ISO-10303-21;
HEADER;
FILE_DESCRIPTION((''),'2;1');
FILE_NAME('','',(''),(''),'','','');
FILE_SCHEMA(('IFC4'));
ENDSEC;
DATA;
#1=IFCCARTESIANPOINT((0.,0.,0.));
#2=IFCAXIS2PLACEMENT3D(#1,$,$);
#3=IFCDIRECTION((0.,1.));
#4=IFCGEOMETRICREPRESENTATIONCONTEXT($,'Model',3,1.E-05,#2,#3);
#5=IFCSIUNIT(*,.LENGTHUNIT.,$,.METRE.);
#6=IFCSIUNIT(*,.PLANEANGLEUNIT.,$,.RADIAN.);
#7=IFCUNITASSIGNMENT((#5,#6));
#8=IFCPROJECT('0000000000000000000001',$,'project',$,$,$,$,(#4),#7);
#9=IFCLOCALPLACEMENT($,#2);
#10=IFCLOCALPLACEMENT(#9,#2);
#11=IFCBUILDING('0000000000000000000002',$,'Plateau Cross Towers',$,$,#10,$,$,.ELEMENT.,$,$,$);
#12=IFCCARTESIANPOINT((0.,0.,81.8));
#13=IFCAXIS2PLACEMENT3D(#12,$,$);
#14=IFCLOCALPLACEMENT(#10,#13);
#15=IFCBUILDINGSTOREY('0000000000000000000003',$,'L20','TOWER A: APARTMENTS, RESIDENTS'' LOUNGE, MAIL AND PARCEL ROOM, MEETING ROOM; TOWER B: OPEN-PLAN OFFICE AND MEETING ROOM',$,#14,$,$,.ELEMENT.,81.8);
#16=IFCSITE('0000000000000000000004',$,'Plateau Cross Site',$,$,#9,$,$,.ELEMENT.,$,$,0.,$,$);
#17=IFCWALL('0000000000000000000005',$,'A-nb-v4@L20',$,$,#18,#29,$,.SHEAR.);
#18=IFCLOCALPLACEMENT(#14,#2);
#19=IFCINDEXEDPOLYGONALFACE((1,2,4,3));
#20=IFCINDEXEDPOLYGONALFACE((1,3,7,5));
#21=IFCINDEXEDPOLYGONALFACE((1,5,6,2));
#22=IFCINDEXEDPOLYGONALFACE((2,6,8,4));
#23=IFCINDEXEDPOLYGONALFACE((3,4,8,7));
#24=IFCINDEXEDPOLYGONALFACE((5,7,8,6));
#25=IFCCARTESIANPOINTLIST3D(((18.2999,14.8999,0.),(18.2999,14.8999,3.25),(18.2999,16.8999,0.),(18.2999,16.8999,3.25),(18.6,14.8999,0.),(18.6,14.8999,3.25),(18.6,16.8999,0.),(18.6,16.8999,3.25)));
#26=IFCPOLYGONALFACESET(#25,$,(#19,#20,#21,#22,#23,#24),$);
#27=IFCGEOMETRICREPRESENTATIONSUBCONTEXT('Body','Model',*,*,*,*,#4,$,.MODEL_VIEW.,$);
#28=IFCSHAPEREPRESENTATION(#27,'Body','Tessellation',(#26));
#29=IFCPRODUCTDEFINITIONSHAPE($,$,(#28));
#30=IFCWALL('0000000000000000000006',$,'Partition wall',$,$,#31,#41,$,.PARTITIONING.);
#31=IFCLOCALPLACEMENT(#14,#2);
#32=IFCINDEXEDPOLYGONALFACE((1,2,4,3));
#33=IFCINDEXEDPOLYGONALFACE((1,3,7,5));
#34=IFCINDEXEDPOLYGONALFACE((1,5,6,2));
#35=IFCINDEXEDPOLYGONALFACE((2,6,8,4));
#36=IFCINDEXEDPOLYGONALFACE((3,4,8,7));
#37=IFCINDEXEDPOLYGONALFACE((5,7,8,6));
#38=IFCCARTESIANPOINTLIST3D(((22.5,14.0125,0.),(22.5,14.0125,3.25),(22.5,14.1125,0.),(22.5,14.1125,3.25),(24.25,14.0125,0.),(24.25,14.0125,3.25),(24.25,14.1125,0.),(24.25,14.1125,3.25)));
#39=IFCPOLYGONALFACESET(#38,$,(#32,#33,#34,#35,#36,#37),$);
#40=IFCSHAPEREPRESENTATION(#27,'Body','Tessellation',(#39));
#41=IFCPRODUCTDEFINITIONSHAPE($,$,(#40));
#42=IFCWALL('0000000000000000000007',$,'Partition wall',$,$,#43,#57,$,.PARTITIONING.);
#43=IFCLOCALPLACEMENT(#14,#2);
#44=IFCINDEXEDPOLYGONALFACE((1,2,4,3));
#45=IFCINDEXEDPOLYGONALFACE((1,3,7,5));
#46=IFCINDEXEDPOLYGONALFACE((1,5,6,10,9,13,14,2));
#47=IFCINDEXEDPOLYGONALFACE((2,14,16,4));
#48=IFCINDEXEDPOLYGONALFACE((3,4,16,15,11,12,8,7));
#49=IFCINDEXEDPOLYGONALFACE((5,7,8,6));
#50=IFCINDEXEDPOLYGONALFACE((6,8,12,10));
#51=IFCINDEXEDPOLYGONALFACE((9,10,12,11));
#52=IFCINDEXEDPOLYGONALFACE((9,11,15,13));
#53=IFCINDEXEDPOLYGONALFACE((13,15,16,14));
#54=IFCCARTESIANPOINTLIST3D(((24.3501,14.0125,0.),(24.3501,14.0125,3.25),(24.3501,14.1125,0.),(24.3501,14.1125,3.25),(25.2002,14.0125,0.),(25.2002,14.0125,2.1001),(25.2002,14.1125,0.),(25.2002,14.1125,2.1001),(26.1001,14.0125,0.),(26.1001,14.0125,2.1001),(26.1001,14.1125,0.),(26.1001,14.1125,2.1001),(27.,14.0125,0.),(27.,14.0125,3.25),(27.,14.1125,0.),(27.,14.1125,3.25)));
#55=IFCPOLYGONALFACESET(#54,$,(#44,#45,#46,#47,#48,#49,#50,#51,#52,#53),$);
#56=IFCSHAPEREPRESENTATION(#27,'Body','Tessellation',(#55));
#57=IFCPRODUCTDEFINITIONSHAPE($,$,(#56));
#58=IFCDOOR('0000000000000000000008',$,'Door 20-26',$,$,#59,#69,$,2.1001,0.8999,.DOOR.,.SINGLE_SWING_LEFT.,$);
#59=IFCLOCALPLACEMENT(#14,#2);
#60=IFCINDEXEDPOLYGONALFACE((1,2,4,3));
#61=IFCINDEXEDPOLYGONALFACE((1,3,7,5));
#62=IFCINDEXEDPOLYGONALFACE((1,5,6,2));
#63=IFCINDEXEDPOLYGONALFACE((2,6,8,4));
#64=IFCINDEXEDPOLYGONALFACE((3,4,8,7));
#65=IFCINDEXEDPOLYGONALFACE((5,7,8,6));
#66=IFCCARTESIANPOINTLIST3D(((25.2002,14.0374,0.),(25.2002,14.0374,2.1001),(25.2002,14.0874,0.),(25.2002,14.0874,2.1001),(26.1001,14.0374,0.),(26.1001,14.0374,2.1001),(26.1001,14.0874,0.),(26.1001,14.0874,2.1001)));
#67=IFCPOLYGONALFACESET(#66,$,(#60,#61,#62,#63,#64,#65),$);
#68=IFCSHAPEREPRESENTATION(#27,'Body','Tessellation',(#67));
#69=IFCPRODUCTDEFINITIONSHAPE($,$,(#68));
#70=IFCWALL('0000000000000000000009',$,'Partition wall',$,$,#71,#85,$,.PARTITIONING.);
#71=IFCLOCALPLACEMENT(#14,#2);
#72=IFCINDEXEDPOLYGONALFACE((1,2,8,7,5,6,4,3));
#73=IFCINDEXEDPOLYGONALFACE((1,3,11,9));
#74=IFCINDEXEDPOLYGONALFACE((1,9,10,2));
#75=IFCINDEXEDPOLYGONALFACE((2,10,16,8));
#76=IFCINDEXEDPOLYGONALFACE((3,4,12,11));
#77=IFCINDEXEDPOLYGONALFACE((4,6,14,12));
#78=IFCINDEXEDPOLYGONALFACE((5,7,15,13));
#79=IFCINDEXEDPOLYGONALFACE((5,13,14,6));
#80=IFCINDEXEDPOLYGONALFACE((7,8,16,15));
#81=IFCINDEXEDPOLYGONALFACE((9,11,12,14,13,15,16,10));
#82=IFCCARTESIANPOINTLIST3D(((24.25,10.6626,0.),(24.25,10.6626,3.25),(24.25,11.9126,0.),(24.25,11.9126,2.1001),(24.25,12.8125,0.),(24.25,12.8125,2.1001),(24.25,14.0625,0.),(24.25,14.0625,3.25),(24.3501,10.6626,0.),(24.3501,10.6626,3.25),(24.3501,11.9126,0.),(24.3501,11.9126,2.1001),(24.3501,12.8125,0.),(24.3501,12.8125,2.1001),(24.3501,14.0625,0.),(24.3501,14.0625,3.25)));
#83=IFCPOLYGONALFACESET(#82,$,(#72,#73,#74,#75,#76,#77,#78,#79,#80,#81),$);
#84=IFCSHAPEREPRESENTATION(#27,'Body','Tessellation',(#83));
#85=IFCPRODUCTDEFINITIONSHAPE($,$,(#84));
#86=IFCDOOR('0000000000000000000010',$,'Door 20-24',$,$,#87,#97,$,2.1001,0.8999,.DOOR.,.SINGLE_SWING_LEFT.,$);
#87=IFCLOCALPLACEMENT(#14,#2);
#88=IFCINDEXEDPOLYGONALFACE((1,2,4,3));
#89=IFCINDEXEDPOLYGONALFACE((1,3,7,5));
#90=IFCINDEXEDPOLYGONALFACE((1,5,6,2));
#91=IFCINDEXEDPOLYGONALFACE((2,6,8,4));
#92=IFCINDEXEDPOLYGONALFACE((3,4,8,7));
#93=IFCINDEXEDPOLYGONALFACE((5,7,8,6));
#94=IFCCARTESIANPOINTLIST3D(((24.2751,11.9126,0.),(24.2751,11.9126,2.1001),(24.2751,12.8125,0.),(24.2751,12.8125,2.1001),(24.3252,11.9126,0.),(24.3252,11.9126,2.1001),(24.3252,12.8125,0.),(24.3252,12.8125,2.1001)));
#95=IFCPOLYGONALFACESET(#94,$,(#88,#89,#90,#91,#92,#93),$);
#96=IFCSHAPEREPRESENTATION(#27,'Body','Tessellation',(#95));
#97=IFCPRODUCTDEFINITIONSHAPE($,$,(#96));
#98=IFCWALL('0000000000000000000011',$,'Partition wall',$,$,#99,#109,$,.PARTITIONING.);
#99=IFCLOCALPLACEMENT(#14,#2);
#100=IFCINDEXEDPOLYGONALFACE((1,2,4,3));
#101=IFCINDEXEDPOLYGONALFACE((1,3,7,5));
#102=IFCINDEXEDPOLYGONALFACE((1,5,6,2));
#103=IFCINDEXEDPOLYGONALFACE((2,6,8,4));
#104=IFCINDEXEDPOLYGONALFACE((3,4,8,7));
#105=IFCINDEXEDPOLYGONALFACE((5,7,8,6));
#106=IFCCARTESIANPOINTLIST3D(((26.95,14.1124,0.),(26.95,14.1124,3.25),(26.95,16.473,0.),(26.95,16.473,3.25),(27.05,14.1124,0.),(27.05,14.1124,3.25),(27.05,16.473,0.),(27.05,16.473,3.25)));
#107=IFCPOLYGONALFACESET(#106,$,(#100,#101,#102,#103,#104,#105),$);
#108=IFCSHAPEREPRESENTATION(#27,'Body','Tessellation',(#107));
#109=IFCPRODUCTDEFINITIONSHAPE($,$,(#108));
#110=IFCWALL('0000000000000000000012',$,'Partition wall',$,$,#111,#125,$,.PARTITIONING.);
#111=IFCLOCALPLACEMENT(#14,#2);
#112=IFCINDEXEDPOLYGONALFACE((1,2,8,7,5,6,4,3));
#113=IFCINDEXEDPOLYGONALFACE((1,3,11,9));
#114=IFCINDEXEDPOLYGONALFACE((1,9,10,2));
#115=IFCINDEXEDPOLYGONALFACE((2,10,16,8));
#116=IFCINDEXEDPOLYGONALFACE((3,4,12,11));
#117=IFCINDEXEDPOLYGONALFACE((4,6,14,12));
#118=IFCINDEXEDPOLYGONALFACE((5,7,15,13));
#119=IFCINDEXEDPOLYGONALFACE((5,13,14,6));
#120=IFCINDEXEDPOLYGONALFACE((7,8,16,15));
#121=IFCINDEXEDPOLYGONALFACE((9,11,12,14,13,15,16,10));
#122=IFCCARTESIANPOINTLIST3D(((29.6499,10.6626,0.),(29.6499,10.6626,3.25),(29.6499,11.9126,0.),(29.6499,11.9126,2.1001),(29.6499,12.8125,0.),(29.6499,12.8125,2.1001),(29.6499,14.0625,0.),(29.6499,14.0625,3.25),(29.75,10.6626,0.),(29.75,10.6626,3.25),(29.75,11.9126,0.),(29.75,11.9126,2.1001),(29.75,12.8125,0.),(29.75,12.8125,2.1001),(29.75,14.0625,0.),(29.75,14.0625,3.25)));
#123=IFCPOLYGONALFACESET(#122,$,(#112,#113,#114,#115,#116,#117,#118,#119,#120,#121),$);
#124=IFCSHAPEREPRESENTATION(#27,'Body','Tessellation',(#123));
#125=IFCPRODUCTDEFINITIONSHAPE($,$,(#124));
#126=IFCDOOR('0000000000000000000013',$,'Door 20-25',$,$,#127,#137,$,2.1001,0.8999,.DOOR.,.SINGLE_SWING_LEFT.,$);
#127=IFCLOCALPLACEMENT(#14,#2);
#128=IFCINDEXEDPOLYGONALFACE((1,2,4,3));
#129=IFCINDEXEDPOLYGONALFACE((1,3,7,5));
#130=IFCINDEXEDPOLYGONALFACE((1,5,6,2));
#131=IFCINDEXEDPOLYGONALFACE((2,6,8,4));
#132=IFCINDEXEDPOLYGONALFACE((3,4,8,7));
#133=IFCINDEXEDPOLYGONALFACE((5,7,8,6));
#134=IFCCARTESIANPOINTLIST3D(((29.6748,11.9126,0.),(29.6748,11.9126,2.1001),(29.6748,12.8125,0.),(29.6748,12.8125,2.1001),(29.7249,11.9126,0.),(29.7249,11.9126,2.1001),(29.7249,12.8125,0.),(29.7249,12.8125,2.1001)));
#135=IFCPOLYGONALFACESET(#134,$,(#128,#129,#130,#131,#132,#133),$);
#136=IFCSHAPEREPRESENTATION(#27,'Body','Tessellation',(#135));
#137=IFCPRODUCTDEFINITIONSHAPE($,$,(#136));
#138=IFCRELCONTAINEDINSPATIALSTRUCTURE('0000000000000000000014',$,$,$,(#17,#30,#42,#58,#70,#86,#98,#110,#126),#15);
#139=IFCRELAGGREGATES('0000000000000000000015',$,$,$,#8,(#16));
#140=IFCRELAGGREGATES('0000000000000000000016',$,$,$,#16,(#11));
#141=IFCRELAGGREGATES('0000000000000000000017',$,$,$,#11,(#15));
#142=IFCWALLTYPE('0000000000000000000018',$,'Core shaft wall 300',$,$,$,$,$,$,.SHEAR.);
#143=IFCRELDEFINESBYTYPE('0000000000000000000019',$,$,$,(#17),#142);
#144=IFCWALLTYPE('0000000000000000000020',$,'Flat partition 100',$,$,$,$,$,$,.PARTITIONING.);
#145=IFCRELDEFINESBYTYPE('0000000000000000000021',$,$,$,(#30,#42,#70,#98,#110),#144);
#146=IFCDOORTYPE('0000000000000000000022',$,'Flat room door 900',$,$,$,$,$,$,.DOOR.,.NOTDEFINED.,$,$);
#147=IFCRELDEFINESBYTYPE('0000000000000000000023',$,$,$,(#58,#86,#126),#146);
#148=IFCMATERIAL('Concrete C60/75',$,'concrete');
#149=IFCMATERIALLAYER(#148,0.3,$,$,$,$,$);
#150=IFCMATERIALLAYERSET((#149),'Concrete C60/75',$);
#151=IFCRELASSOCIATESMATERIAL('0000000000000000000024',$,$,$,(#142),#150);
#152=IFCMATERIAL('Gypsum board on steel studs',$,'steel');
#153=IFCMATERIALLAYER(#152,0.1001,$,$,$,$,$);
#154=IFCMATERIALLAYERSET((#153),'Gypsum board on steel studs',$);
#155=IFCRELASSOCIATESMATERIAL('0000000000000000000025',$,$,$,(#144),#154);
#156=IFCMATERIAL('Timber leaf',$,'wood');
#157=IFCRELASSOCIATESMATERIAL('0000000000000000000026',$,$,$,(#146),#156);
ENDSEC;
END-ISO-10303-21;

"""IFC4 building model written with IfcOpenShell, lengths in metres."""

from ifc_helpers import new_model, si_unit, direction, frame, frame_2d, origin, place, context, subcontext, project, spatial, rectangle, extrude, material, layer, layer_set, type_object, element, fill, save


model = new_model("IFC4")

# Units and contexts
model_context = context("Model", 3, precision=1e-05, world=origin(), true_north=direction((0.0, 1.0)))
body_context = subcontext(model_context, "Body", "Model", "MODEL_VIEW")
ifc_project = project(units=[si_unit("LENGTHUNIT", "METRE"), si_unit("PLANEANGLEUNIT", "RADIAN")], contexts=[model_context])

# Site, building, storey
site_placement = place(None, origin())
site = spatial("IfcSite", under=ifc_project, at=site_placement, Name="Plateau Cross Site", CompositionType="ELEMENT", RefElevation=0.0)
building_placement = place(site_placement, origin())
building = spatial("IfcBuilding", under=site, at=building_placement, Name="Plateau Cross Towers", CompositionType="ELEMENT")
storey_placement = place(building_placement, frame((0.0, 0.0, 81.8)))
storey = spatial("IfcBuildingStorey", under=building, at=storey_placement, Name="L20", Description="TOWER A: APARTMENTS, RESIDENTS' LOUNGE, MAIL AND PARCEL ROOM, MEETING ROOM; TOWER B: OPEN-PLAN OFFICE AND MEETING ROOM", CompositionType="ELEMENT", Elevation=81.8)

# Walls
ifc_material_1 = material(Name="Concrete C60/75", Category="concrete")
ifc_layer_1 = layer(ifc_material_1, 0.3)
ifc_layer_set_1 = layer_set([ifc_layer_1], Name="Concrete C60/75")
wall_type_1 = type_object("IfcWallType", Name="Core shaft wall 300", PredefinedType="SHEAR", material=ifc_layer_set_1)
wall_1_placement = place(storey_placement, frame((18.45, 14.8999, 0.0), z_axis=(0.0, 0.0, 1.0), x_axis=(0.0, 1.0, 0.0)))
element("IfcWall", 1, at=wall_1_placement, inside=storey, type_object=wall_type_1, Name="A-nb-v4@L20", PredefinedType="SHEAR", context=body_context, shape_type="SweptSolid", body=[
    extrude(rectangle(XDim=2.0, YDim=0.3, at=frame_2d((1.0, 0.0))), origin(), (0.0, 0.0, 1.0), 3.25),
])
ifc_material_2 = material(Name="Gypsum board on steel studs", Category="steel")
ifc_layer_2 = layer(ifc_material_2, 0.1001)
ifc_layer_set_2 = layer_set([ifc_layer_2], Name="Gypsum board on steel studs")
wall_type_2 = type_object("IfcWallType", Name="Flat partition 100", PredefinedType="PARTITIONING", material=ifc_layer_set_2)
wall_2_placement = place(storey_placement, frame((24.25, 14.0625, 0.0), z_axis=(0.0, 0.0, 1.0), x_axis=(-1.0, 0.0, 0.0)))
element("IfcWall", 2, at=wall_2_placement, inside=storey, type_object=wall_type_2, Name="Partition wall", PredefinedType="PARTITIONING", context=body_context, shape_type="SweptSolid", body=[
    extrude(rectangle(XDim=1.75, YDim=0.1001, at=frame_2d((0.875, 0.0))), origin(), (0.0, 0.0, 1.0), 3.25),
])

# Walls, openings, doors
wall_3_placement = place(storey_placement, frame((24.3501, 14.0625, 0.0), z_axis=(0.0, 0.0, 1.0), x_axis=(1.0, 0.0, 0.0)))
wall_3 = element("IfcWall", 3, at=wall_3_placement, inside=storey, type_object=wall_type_2, Name="Partition wall", PredefinedType="PARTITIONING", context=body_context, shape_type="SweptSolid", body=[
    extrude(rectangle(XDim=2.6499, YDim=0.1001, at=frame_2d((1.325, 0.0))), origin(), (0.0, 0.0, 1.0), 3.25),
])
opening_1_placement = place(wall_3_placement, frame((0.8501, 0.0, 0.0)))
opening_1 = element("IfcOpeningElement", 4, at=opening_1_placement, cuts=wall_3, PredefinedType="OPENING", context=body_context, shape_type="SweptSolid", body=[
    extrude(rectangle(XDim=0.8999, YDim=2.1001, at=frame_2d((0.45, 1.05))), frame((0.0, 0.0601, 0.0), z_axis=(0.0, -1.0, 0.0), x_axis=(1.0, 0.0, 0.0)), (0.0, 0.0, 1.0), 0.1201),
])
ifc_material_3 = material(Name="Timber leaf", Category="wood")
door_type_1 = type_object("IfcDoorType", Name="Flat room door 900", OperationType="NOTDEFINED", PredefinedType="DOOR", material=ifc_material_3)
door_1_placement = place(opening_1_placement, origin())
door_1 = element("IfcDoor", 5, at=door_1_placement, inside=storey, type_object=door_type_1, Name="Door 20-26", OperationType="SINGLE_SWING_LEFT", OverallHeight=2.1001, OverallWidth=0.8999, PredefinedType="DOOR", context=body_context, shape_type="SweptSolid", body=[
    extrude(rectangle(XDim=0.8999, YDim=2.1001, at=frame_2d((0.45, 1.05))), frame((0.0, 0.0249, 0.0), z_axis=(0.0, -1.0, 0.0), x_axis=(1.0, 0.0, 0.0)), (0.0, 0.0, 1.0), 0.05),
])
fill(opening_1, door_1)
wall_4_placement = place(storey_placement, frame((24.3, 10.6626, 0.0), z_axis=(0.0, 0.0, 1.0), x_axis=(0.0, 1.0, 0.0)))
wall_4 = element("IfcWall", 6, at=wall_4_placement, inside=storey, type_object=wall_type_2, Name="Partition wall", PredefinedType="PARTITIONING", context=body_context, shape_type="SweptSolid", body=[
    extrude(rectangle(XDim=3.3999, YDim=0.1001, at=frame_2d((1.7, 0.0))), origin(), (0.0, 0.0, 1.0), 3.25),
])
opening_2_placement = place(wall_4_placement, frame((1.25, 0.0, 0.0)))
opening_2 = element("IfcOpeningElement", 7, at=opening_2_placement, cuts=wall_4, PredefinedType="OPENING", context=body_context, shape_type="SweptSolid", body=[
    extrude(rectangle(XDim=0.8999, YDim=2.1001, at=frame_2d((0.45, 1.05))), frame((0.0, 0.0601, 0.0), z_axis=(0.0, -1.0, 0.0), x_axis=(1.0, 0.0, 0.0)), (0.0, 0.0, 1.0), 0.1201),
])
door_2_placement = place(opening_2_placement, origin())
door_2 = element("IfcDoor", 8, at=door_2_placement, inside=storey, type_object=door_type_1, Name="Door 20-24", OperationType="SINGLE_SWING_LEFT", OverallHeight=2.1001, OverallWidth=0.8999, PredefinedType="DOOR", context=body_context, shape_type="SweptSolid", body=[
    extrude(rectangle(XDim=0.8999, YDim=2.1001, at=frame_2d((0.45, 1.05))), frame((0.0, 0.0249, 0.0), z_axis=(0.0, -1.0, 0.0), x_axis=(1.0, 0.0, 0.0)), (0.0, 0.0, 1.0), 0.05),
])
fill(opening_2, door_2)

# Wall
wall_5_placement = place(storey_placement, frame((27.0, 14.1125, 0.0), z_axis=(0.0, 0.0, 1.0), x_axis=(0.0, 1.0, 0.0)))
element("IfcWall", 9, at=wall_5_placement, inside=storey, type_object=wall_type_2, Name="Partition wall", PredefinedType="PARTITIONING", context=body_context, shape_type="SweptSolid", body=[
    extrude(rectangle(XDim=2.3606, YDim=0.1001, at=frame_2d((1.1802, 0.0))), origin(), (0.0, 0.0, 1.0), 3.25),
])

# Wall, opening, door
wall_6_placement = place(storey_placement, frame((29.7, 14.0625, 0.0), z_axis=(0.0, 0.0, 1.0), x_axis=(0.0, -1.0, 0.0)))
wall_6 = element("IfcWall", 10, at=wall_6_placement, inside=storey, type_object=wall_type_2, Name="Partition wall", PredefinedType="PARTITIONING", context=body_context, shape_type="SweptSolid", body=[
    extrude(rectangle(XDim=3.3999, YDim=0.1001, at=frame_2d((1.7, 0.0))), origin(), (0.0, 0.0, 1.0), 3.25),
])
opening_3_placement = place(wall_6_placement, frame((1.25, 0.0, 0.0)))
opening_3 = element("IfcOpeningElement", 11, at=opening_3_placement, cuts=wall_6, PredefinedType="OPENING", context=body_context, shape_type="SweptSolid", body=[
    extrude(rectangle(XDim=0.8999, YDim=2.1001, at=frame_2d((0.45, 1.05))), frame((0.0, 0.0601, 0.0), z_axis=(0.0, -1.0, 0.0), x_axis=(1.0, 0.0, 0.0)), (0.0, 0.0, 1.0), 0.1201),
])
door_3_placement = place(opening_3_placement, origin())
door_3 = element("IfcDoor", 12, at=door_3_placement, inside=storey, type_object=door_type_1, Name="Door 20-25", OperationType="SINGLE_SWING_LEFT", OverallHeight=2.1001, OverallWidth=0.8999, PredefinedType="DOOR", context=body_context, shape_type="SweptSolid", body=[
    extrude(rectangle(XDim=0.8999, YDim=2.1001, at=frame_2d((0.45, 1.05))), frame((0.0, 0.0249, 0.0), z_axis=(0.0, -1.0, 0.0), x_axis=(1.0, 0.0, 0.0)), (0.0, 0.0, 1.0), 0.05),
])
fill(opening_3, door_3)

save(model, "model.ifc")
